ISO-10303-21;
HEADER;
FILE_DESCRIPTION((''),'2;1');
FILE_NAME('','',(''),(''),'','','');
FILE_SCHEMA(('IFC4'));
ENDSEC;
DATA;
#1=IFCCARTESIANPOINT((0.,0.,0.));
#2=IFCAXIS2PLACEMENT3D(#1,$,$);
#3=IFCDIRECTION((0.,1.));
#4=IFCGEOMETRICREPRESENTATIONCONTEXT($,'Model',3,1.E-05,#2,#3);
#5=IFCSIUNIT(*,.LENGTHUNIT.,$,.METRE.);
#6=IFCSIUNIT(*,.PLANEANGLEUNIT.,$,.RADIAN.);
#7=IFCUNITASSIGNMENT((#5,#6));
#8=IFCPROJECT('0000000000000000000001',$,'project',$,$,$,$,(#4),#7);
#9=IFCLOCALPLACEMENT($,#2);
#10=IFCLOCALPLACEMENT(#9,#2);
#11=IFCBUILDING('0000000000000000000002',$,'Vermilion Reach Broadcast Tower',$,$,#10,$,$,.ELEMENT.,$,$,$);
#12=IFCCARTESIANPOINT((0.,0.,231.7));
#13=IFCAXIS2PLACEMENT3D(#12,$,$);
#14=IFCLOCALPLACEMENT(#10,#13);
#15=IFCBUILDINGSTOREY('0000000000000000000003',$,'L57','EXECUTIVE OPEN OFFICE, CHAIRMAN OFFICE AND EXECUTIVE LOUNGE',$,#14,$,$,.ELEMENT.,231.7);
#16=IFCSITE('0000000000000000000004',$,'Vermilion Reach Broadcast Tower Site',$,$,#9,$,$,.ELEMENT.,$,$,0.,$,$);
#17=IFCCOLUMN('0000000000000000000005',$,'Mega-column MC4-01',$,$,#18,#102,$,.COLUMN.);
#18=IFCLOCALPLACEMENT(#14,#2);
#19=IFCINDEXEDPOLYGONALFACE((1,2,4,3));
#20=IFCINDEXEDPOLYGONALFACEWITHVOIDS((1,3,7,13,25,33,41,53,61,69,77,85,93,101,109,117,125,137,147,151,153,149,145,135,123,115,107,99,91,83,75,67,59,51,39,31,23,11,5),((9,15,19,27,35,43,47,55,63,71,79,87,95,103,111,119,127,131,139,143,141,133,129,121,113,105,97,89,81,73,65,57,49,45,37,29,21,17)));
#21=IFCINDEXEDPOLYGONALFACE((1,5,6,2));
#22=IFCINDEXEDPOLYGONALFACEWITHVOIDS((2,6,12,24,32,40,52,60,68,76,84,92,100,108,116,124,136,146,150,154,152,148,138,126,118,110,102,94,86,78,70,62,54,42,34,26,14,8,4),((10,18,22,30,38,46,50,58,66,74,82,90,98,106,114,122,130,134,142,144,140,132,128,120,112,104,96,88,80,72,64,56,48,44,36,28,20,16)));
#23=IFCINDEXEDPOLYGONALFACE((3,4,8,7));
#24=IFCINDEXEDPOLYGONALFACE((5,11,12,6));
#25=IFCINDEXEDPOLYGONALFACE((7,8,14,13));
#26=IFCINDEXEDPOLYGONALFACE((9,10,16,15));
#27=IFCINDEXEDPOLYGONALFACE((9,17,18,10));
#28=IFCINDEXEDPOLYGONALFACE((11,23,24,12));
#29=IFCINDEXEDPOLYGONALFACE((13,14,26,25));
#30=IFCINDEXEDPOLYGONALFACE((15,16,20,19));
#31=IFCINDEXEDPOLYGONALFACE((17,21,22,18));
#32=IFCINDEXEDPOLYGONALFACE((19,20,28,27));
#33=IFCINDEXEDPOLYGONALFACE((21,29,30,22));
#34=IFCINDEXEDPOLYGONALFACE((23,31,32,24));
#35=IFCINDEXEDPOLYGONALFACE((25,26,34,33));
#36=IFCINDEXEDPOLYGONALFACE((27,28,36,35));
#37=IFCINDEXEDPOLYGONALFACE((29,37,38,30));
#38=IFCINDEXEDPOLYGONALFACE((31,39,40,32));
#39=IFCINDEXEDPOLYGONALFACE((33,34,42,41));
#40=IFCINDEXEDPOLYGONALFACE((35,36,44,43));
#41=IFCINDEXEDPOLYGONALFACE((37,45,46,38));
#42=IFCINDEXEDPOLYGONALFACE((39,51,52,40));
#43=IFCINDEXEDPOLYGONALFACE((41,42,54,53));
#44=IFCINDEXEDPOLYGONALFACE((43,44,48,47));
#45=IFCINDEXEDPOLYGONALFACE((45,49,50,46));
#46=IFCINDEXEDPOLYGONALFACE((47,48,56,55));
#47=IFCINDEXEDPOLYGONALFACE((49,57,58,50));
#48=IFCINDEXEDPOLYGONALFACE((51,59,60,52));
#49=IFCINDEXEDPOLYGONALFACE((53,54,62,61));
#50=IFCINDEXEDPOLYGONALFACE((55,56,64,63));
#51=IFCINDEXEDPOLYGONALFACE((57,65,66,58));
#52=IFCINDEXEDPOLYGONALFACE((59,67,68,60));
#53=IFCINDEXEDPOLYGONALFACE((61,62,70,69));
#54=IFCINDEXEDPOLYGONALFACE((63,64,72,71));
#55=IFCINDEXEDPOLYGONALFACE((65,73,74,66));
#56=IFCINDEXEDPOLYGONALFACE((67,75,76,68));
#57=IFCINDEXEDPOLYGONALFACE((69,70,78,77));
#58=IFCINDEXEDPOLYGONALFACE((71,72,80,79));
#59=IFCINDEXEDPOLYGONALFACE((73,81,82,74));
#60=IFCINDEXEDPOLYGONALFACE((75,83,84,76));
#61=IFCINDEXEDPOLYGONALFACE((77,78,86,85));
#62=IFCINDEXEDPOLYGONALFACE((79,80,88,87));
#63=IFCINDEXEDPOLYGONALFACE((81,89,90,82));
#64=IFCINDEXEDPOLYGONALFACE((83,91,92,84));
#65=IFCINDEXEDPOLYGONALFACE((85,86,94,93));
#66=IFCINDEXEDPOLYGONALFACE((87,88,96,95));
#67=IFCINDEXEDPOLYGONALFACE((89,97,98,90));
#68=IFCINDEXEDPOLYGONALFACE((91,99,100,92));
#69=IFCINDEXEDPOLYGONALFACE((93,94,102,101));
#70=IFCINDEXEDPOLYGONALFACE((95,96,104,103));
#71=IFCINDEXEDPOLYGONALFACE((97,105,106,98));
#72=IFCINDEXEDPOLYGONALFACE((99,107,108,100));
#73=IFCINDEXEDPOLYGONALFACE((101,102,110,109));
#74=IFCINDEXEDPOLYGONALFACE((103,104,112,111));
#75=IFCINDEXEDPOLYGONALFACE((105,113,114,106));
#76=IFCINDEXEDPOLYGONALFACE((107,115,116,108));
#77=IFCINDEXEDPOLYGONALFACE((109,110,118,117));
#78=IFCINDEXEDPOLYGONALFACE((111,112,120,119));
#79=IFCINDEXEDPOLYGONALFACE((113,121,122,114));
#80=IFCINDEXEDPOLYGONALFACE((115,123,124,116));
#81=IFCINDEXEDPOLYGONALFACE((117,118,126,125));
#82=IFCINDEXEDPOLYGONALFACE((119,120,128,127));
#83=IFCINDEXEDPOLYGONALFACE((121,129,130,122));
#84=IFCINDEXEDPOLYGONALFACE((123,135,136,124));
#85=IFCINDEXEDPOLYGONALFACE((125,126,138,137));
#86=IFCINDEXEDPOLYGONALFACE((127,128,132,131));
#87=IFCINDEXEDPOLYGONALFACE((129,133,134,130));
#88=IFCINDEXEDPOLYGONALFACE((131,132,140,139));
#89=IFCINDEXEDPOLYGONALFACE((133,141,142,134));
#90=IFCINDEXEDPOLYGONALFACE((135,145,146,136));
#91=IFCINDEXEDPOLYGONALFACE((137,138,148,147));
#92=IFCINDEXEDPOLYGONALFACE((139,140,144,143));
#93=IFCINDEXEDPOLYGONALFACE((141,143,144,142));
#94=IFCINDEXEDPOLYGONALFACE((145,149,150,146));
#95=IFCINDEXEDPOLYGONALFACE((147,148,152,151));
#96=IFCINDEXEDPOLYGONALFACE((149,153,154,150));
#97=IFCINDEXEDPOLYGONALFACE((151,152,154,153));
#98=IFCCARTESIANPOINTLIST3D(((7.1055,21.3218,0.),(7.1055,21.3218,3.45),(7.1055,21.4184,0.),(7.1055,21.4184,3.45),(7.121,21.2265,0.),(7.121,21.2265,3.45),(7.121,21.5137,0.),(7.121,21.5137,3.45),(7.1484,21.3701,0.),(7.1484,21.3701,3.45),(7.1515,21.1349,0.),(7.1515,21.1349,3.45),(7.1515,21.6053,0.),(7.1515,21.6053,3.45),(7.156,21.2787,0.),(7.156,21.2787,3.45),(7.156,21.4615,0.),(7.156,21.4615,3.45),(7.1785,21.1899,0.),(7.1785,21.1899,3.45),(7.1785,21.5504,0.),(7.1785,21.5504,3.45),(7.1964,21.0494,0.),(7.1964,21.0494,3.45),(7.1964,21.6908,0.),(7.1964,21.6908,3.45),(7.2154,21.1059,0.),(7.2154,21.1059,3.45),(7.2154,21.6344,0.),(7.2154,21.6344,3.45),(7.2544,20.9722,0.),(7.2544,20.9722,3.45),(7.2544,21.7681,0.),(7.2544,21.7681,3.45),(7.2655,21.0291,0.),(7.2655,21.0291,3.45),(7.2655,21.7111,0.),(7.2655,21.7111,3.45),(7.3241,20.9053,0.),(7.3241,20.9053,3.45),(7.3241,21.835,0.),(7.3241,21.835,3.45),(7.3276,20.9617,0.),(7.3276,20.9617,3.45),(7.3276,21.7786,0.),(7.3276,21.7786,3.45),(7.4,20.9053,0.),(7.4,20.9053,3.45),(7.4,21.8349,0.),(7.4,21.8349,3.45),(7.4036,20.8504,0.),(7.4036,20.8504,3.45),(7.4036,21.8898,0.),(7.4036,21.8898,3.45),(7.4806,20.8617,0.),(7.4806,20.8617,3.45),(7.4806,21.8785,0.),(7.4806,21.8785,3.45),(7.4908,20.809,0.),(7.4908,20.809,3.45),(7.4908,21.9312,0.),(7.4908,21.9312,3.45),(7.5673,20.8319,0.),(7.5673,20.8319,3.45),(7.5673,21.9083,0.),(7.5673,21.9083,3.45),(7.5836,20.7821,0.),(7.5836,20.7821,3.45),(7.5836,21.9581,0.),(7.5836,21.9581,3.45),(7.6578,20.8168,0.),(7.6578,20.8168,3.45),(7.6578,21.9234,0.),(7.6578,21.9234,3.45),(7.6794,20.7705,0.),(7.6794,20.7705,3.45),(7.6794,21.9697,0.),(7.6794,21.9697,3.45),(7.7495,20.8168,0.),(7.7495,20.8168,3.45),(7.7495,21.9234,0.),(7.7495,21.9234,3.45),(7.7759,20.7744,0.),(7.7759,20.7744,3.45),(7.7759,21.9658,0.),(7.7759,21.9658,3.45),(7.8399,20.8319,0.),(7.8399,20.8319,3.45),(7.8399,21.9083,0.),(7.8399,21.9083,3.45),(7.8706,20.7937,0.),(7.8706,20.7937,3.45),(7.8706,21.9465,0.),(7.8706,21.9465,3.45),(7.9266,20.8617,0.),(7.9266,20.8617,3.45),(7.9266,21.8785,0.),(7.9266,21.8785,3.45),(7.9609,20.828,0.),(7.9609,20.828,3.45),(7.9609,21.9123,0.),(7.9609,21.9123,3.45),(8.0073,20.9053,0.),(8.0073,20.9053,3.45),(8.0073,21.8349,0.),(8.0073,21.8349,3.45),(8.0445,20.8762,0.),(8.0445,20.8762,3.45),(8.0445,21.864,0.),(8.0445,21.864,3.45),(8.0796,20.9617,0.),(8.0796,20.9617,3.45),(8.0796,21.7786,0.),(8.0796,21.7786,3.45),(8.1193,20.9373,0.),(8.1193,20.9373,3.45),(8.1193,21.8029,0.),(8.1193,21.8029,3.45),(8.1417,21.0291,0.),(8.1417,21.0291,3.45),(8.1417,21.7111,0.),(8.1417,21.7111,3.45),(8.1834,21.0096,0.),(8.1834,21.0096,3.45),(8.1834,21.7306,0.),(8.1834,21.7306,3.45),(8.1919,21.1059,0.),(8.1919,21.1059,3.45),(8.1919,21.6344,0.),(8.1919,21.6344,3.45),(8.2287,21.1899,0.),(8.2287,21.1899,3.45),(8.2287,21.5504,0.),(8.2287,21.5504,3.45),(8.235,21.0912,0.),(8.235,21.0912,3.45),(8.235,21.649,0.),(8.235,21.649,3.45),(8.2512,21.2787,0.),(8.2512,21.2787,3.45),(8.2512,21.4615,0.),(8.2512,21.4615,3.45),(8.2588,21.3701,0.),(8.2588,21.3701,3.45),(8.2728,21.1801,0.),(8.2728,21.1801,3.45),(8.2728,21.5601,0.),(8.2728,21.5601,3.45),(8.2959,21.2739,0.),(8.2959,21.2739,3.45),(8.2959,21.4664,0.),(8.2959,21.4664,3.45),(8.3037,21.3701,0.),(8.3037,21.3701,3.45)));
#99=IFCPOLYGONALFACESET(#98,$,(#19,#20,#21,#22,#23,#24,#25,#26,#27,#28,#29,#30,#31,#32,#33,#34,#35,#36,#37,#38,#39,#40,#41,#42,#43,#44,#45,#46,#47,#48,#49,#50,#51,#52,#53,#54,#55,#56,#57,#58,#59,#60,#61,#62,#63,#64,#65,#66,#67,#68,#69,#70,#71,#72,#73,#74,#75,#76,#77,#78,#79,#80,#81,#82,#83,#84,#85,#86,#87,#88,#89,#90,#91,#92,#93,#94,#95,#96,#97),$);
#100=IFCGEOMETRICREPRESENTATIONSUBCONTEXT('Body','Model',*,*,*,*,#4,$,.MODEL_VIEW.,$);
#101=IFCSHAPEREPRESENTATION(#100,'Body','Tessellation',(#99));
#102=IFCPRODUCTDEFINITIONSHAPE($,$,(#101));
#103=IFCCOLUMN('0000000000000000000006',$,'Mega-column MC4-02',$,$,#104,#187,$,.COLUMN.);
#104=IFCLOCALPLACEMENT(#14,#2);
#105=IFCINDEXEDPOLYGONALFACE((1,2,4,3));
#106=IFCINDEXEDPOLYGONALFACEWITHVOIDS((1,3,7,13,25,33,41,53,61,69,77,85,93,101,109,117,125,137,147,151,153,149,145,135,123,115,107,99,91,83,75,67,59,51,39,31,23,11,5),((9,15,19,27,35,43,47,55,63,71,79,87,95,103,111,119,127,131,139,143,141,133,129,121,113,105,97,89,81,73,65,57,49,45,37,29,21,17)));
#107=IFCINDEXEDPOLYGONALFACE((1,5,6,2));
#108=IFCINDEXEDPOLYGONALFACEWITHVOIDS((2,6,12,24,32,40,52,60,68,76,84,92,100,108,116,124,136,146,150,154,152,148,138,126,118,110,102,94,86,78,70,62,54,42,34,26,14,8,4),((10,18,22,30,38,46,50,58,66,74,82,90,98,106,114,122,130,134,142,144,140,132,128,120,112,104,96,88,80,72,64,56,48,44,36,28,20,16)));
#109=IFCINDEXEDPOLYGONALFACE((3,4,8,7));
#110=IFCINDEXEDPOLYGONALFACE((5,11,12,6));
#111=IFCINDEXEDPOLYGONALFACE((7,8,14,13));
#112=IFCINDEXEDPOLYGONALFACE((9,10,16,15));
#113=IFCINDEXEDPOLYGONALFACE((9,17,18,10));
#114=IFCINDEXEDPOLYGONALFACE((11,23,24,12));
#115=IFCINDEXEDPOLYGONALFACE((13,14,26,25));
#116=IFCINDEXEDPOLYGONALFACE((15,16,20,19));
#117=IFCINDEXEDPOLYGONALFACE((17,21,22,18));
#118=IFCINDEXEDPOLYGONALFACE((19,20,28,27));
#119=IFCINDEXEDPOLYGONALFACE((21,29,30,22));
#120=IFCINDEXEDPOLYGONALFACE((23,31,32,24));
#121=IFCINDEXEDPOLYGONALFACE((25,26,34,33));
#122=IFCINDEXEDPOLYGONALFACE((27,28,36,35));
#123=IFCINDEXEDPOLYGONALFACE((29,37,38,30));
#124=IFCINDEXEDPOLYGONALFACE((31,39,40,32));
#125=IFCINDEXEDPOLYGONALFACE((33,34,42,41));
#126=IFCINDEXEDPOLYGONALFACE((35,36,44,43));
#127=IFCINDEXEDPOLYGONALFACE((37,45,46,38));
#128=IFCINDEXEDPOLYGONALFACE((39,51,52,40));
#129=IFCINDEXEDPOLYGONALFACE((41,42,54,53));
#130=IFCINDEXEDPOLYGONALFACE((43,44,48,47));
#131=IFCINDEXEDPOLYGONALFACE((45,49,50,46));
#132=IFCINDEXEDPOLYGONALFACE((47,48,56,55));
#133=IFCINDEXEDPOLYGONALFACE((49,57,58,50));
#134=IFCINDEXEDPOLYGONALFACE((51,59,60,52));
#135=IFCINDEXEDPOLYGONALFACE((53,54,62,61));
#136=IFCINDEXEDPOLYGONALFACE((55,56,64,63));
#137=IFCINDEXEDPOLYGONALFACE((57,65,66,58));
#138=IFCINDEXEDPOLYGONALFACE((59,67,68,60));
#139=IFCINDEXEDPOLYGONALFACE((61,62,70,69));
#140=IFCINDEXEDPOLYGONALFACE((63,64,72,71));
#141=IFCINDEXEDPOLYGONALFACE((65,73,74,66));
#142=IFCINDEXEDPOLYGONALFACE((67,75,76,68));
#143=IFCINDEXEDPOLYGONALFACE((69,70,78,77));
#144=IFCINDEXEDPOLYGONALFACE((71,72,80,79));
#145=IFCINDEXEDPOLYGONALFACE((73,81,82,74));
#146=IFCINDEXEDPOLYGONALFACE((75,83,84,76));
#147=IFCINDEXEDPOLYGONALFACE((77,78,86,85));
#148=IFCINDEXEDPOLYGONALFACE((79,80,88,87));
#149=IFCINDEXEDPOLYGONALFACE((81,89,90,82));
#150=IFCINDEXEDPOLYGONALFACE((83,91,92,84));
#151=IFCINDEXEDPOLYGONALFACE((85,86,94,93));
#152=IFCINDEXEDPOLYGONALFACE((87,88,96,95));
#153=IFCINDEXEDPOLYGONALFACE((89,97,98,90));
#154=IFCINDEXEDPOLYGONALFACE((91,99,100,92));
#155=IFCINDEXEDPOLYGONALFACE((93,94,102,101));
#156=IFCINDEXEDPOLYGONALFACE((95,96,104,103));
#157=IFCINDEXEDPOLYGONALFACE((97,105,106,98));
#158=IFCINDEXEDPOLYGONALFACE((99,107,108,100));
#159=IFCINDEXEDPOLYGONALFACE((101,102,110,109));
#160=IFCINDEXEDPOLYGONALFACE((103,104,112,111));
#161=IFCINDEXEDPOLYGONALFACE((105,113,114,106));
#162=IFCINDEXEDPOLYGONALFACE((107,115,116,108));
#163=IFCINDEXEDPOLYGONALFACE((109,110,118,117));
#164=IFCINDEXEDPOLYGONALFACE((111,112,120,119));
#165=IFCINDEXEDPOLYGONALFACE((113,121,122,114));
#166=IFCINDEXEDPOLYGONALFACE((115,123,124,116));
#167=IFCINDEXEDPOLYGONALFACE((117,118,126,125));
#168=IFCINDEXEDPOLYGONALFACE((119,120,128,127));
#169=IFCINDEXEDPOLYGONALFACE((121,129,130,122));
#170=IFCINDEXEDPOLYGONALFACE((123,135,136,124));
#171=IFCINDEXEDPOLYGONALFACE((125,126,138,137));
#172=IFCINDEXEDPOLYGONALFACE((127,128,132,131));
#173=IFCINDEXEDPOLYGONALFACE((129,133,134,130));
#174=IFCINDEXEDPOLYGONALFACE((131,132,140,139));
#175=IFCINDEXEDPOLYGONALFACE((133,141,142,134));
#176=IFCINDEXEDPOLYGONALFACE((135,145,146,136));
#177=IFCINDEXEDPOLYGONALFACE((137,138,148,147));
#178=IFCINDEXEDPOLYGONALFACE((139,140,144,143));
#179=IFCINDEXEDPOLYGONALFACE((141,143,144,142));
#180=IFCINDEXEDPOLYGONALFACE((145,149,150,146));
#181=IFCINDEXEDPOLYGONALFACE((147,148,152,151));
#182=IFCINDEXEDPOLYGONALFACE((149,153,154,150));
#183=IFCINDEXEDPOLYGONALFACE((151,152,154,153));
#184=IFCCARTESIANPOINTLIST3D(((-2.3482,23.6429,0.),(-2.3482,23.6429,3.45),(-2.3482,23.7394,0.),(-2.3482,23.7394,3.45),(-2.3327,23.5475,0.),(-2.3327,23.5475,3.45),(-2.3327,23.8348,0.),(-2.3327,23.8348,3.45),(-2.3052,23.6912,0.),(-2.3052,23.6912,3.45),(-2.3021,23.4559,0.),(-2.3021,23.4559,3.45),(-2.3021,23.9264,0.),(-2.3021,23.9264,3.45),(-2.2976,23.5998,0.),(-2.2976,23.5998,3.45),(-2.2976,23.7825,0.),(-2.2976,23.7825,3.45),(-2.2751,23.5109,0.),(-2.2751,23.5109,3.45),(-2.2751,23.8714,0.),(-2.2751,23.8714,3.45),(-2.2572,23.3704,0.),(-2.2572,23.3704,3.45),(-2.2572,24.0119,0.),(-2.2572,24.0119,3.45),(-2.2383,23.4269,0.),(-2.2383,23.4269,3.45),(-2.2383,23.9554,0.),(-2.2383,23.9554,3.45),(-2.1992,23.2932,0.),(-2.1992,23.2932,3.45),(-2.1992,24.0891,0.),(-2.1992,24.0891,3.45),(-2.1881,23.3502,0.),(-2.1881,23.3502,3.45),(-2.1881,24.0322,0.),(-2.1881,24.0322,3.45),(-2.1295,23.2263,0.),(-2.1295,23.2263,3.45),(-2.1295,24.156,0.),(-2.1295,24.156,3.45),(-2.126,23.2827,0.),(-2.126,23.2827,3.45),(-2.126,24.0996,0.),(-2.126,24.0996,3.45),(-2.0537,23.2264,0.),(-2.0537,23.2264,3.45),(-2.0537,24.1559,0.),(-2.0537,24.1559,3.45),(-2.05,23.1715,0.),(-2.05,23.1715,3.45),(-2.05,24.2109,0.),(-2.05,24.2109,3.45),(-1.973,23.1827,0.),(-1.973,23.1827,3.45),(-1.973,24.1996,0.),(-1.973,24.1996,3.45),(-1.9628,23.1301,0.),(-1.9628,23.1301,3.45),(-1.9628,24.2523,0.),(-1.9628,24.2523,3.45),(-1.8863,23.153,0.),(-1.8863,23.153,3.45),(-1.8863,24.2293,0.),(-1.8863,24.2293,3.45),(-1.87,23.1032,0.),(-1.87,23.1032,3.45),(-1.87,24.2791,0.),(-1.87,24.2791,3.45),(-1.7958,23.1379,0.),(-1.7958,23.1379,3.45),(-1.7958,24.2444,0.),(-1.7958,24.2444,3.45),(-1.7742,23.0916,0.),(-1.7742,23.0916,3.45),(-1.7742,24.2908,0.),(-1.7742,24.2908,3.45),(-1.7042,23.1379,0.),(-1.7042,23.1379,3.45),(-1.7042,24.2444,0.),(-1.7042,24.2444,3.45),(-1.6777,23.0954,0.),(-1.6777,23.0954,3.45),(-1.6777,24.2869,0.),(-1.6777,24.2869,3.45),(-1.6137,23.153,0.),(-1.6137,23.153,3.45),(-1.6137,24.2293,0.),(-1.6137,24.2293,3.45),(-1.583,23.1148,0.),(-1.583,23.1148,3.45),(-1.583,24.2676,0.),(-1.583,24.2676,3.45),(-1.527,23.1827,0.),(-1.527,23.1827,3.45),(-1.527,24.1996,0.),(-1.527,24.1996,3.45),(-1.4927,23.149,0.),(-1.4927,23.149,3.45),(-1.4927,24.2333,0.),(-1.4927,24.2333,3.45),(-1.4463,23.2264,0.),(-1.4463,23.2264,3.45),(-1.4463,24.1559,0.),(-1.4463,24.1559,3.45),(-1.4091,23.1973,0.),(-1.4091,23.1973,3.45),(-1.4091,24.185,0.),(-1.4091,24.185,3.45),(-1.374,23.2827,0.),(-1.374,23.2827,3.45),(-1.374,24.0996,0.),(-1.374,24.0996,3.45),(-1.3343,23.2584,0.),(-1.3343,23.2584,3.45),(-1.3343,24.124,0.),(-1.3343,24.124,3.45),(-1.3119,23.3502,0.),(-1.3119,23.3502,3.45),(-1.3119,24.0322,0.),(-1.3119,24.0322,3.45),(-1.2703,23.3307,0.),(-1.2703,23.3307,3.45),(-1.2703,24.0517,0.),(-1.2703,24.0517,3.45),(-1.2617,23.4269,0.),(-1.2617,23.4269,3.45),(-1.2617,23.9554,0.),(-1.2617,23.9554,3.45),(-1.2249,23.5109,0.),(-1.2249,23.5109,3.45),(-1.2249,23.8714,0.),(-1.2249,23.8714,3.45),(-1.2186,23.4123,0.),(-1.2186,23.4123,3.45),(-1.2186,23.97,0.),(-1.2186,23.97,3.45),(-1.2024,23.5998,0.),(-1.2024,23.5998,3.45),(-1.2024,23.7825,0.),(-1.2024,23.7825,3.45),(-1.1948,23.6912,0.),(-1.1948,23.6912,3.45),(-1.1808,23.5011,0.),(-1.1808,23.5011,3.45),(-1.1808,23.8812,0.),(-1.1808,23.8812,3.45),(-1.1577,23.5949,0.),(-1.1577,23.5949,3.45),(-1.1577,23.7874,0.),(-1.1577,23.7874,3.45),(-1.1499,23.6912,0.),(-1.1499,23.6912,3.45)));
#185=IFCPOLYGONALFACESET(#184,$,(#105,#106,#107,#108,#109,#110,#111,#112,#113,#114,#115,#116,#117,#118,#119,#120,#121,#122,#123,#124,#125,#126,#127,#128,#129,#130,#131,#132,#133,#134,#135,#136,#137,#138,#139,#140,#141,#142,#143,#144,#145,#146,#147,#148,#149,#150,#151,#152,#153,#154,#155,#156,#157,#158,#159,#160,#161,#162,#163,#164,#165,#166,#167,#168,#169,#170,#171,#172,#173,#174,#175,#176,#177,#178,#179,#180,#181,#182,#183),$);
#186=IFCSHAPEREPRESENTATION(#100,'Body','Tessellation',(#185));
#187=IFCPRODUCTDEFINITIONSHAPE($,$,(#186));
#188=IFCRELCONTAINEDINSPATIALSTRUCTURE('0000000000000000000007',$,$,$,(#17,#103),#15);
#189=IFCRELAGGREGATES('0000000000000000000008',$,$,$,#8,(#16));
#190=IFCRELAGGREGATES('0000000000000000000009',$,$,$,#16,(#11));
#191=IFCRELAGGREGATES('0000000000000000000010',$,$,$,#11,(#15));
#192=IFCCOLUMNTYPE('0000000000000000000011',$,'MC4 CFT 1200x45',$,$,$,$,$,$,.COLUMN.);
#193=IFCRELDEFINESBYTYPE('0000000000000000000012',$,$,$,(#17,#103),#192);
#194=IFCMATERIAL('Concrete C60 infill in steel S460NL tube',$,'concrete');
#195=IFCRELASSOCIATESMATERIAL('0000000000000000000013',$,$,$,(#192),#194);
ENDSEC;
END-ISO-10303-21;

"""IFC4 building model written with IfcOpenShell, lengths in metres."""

from ifc_helpers import new_model, si_unit, direction, frame, origin, origin_2d, place, context, subcontext, project, spatial, hollow_circle, extrude, material, material_profile, profile_set, type_object, element, save


model = new_model("IFC4")

# Units and contexts
model_context = context("Model", 3, precision=1e-05, world=origin(), true_north=direction((0.0, 1.0)))
body_context = subcontext(model_context, "Body", "Model", "MODEL_VIEW")
ifc_project = project(units=[si_unit("LENGTHUNIT", "METRE"), si_unit("PLANEANGLEUNIT", "RADIAN")], contexts=[model_context])

# Site, building, storey
site_placement = place(None, origin())
site = spatial("IfcSite", under=ifc_project, at=site_placement, Name="Vermilion Reach Broadcast Tower Site", CompositionType="ELEMENT", RefElevation=0.0)
building_placement = place(site_placement, origin())
building = spatial("IfcBuilding", under=site, at=building_placement, Name="Vermilion Reach Broadcast Tower", CompositionType="ELEMENT")
storey_placement = place(building_placement, frame((0.0, 0.0, 231.7)))
storey = spatial("IfcBuildingStorey", under=building, at=storey_placement, Name="L57", Description="EXECUTIVE OPEN OFFICE, CHAIRMAN OFFICE AND EXECUTIVE LOUNGE", CompositionType="ELEMENT", Elevation=231.7)

# Columns
ifc_material_1 = material(Name="Concrete C60 infill in steel S460NL tube", Category="concrete")
ifc_material_profile_1 = material_profile(ifc_material_1, hollow_circle(Radius=0.6001, WallThickness=0.0449, at=origin_2d()), Name="Concrete C60 infill in steel S460NL tube CFT 1200x45")
ifc_profile_set_1 = profile_set([ifc_material_profile_1], Name="Concrete C60 infill in steel S460NL tube")
column_type = type_object("IfcColumnType", Name="MC4 CFT 1200x45", PredefinedType="COLUMN", material=ifc_profile_set_1)
for number, where, z_axis, x_axis, name in (
    (1, (7.7036, 21.3701, 0.0), (0.0, 0.0, 1.0), (1.0, 0.0, 0.0), "Mega-column MC4-01"),
    (2, (-1.75, 23.6912, 0.0), (0.0, 0.0, 1.0), (1.0, 0.0, 0.0), "Mega-column MC4-02"),
):
    element("IfcColumn", number, at=place(storey_placement, frame(where, z_axis=z_axis, x_axis=x_axis)), inside=storey, type_object=column_type, Name=name, PredefinedType="COLUMN", context=body_context, shape_type="SweptSolid", body=[
        extrude(hollow_circle(Radius=0.6001, WallThickness=0.0449, at=origin_2d()), origin(), (0.0, 0.0, 1.0), 3.45),
    ])

save(model, "model.ifc")
